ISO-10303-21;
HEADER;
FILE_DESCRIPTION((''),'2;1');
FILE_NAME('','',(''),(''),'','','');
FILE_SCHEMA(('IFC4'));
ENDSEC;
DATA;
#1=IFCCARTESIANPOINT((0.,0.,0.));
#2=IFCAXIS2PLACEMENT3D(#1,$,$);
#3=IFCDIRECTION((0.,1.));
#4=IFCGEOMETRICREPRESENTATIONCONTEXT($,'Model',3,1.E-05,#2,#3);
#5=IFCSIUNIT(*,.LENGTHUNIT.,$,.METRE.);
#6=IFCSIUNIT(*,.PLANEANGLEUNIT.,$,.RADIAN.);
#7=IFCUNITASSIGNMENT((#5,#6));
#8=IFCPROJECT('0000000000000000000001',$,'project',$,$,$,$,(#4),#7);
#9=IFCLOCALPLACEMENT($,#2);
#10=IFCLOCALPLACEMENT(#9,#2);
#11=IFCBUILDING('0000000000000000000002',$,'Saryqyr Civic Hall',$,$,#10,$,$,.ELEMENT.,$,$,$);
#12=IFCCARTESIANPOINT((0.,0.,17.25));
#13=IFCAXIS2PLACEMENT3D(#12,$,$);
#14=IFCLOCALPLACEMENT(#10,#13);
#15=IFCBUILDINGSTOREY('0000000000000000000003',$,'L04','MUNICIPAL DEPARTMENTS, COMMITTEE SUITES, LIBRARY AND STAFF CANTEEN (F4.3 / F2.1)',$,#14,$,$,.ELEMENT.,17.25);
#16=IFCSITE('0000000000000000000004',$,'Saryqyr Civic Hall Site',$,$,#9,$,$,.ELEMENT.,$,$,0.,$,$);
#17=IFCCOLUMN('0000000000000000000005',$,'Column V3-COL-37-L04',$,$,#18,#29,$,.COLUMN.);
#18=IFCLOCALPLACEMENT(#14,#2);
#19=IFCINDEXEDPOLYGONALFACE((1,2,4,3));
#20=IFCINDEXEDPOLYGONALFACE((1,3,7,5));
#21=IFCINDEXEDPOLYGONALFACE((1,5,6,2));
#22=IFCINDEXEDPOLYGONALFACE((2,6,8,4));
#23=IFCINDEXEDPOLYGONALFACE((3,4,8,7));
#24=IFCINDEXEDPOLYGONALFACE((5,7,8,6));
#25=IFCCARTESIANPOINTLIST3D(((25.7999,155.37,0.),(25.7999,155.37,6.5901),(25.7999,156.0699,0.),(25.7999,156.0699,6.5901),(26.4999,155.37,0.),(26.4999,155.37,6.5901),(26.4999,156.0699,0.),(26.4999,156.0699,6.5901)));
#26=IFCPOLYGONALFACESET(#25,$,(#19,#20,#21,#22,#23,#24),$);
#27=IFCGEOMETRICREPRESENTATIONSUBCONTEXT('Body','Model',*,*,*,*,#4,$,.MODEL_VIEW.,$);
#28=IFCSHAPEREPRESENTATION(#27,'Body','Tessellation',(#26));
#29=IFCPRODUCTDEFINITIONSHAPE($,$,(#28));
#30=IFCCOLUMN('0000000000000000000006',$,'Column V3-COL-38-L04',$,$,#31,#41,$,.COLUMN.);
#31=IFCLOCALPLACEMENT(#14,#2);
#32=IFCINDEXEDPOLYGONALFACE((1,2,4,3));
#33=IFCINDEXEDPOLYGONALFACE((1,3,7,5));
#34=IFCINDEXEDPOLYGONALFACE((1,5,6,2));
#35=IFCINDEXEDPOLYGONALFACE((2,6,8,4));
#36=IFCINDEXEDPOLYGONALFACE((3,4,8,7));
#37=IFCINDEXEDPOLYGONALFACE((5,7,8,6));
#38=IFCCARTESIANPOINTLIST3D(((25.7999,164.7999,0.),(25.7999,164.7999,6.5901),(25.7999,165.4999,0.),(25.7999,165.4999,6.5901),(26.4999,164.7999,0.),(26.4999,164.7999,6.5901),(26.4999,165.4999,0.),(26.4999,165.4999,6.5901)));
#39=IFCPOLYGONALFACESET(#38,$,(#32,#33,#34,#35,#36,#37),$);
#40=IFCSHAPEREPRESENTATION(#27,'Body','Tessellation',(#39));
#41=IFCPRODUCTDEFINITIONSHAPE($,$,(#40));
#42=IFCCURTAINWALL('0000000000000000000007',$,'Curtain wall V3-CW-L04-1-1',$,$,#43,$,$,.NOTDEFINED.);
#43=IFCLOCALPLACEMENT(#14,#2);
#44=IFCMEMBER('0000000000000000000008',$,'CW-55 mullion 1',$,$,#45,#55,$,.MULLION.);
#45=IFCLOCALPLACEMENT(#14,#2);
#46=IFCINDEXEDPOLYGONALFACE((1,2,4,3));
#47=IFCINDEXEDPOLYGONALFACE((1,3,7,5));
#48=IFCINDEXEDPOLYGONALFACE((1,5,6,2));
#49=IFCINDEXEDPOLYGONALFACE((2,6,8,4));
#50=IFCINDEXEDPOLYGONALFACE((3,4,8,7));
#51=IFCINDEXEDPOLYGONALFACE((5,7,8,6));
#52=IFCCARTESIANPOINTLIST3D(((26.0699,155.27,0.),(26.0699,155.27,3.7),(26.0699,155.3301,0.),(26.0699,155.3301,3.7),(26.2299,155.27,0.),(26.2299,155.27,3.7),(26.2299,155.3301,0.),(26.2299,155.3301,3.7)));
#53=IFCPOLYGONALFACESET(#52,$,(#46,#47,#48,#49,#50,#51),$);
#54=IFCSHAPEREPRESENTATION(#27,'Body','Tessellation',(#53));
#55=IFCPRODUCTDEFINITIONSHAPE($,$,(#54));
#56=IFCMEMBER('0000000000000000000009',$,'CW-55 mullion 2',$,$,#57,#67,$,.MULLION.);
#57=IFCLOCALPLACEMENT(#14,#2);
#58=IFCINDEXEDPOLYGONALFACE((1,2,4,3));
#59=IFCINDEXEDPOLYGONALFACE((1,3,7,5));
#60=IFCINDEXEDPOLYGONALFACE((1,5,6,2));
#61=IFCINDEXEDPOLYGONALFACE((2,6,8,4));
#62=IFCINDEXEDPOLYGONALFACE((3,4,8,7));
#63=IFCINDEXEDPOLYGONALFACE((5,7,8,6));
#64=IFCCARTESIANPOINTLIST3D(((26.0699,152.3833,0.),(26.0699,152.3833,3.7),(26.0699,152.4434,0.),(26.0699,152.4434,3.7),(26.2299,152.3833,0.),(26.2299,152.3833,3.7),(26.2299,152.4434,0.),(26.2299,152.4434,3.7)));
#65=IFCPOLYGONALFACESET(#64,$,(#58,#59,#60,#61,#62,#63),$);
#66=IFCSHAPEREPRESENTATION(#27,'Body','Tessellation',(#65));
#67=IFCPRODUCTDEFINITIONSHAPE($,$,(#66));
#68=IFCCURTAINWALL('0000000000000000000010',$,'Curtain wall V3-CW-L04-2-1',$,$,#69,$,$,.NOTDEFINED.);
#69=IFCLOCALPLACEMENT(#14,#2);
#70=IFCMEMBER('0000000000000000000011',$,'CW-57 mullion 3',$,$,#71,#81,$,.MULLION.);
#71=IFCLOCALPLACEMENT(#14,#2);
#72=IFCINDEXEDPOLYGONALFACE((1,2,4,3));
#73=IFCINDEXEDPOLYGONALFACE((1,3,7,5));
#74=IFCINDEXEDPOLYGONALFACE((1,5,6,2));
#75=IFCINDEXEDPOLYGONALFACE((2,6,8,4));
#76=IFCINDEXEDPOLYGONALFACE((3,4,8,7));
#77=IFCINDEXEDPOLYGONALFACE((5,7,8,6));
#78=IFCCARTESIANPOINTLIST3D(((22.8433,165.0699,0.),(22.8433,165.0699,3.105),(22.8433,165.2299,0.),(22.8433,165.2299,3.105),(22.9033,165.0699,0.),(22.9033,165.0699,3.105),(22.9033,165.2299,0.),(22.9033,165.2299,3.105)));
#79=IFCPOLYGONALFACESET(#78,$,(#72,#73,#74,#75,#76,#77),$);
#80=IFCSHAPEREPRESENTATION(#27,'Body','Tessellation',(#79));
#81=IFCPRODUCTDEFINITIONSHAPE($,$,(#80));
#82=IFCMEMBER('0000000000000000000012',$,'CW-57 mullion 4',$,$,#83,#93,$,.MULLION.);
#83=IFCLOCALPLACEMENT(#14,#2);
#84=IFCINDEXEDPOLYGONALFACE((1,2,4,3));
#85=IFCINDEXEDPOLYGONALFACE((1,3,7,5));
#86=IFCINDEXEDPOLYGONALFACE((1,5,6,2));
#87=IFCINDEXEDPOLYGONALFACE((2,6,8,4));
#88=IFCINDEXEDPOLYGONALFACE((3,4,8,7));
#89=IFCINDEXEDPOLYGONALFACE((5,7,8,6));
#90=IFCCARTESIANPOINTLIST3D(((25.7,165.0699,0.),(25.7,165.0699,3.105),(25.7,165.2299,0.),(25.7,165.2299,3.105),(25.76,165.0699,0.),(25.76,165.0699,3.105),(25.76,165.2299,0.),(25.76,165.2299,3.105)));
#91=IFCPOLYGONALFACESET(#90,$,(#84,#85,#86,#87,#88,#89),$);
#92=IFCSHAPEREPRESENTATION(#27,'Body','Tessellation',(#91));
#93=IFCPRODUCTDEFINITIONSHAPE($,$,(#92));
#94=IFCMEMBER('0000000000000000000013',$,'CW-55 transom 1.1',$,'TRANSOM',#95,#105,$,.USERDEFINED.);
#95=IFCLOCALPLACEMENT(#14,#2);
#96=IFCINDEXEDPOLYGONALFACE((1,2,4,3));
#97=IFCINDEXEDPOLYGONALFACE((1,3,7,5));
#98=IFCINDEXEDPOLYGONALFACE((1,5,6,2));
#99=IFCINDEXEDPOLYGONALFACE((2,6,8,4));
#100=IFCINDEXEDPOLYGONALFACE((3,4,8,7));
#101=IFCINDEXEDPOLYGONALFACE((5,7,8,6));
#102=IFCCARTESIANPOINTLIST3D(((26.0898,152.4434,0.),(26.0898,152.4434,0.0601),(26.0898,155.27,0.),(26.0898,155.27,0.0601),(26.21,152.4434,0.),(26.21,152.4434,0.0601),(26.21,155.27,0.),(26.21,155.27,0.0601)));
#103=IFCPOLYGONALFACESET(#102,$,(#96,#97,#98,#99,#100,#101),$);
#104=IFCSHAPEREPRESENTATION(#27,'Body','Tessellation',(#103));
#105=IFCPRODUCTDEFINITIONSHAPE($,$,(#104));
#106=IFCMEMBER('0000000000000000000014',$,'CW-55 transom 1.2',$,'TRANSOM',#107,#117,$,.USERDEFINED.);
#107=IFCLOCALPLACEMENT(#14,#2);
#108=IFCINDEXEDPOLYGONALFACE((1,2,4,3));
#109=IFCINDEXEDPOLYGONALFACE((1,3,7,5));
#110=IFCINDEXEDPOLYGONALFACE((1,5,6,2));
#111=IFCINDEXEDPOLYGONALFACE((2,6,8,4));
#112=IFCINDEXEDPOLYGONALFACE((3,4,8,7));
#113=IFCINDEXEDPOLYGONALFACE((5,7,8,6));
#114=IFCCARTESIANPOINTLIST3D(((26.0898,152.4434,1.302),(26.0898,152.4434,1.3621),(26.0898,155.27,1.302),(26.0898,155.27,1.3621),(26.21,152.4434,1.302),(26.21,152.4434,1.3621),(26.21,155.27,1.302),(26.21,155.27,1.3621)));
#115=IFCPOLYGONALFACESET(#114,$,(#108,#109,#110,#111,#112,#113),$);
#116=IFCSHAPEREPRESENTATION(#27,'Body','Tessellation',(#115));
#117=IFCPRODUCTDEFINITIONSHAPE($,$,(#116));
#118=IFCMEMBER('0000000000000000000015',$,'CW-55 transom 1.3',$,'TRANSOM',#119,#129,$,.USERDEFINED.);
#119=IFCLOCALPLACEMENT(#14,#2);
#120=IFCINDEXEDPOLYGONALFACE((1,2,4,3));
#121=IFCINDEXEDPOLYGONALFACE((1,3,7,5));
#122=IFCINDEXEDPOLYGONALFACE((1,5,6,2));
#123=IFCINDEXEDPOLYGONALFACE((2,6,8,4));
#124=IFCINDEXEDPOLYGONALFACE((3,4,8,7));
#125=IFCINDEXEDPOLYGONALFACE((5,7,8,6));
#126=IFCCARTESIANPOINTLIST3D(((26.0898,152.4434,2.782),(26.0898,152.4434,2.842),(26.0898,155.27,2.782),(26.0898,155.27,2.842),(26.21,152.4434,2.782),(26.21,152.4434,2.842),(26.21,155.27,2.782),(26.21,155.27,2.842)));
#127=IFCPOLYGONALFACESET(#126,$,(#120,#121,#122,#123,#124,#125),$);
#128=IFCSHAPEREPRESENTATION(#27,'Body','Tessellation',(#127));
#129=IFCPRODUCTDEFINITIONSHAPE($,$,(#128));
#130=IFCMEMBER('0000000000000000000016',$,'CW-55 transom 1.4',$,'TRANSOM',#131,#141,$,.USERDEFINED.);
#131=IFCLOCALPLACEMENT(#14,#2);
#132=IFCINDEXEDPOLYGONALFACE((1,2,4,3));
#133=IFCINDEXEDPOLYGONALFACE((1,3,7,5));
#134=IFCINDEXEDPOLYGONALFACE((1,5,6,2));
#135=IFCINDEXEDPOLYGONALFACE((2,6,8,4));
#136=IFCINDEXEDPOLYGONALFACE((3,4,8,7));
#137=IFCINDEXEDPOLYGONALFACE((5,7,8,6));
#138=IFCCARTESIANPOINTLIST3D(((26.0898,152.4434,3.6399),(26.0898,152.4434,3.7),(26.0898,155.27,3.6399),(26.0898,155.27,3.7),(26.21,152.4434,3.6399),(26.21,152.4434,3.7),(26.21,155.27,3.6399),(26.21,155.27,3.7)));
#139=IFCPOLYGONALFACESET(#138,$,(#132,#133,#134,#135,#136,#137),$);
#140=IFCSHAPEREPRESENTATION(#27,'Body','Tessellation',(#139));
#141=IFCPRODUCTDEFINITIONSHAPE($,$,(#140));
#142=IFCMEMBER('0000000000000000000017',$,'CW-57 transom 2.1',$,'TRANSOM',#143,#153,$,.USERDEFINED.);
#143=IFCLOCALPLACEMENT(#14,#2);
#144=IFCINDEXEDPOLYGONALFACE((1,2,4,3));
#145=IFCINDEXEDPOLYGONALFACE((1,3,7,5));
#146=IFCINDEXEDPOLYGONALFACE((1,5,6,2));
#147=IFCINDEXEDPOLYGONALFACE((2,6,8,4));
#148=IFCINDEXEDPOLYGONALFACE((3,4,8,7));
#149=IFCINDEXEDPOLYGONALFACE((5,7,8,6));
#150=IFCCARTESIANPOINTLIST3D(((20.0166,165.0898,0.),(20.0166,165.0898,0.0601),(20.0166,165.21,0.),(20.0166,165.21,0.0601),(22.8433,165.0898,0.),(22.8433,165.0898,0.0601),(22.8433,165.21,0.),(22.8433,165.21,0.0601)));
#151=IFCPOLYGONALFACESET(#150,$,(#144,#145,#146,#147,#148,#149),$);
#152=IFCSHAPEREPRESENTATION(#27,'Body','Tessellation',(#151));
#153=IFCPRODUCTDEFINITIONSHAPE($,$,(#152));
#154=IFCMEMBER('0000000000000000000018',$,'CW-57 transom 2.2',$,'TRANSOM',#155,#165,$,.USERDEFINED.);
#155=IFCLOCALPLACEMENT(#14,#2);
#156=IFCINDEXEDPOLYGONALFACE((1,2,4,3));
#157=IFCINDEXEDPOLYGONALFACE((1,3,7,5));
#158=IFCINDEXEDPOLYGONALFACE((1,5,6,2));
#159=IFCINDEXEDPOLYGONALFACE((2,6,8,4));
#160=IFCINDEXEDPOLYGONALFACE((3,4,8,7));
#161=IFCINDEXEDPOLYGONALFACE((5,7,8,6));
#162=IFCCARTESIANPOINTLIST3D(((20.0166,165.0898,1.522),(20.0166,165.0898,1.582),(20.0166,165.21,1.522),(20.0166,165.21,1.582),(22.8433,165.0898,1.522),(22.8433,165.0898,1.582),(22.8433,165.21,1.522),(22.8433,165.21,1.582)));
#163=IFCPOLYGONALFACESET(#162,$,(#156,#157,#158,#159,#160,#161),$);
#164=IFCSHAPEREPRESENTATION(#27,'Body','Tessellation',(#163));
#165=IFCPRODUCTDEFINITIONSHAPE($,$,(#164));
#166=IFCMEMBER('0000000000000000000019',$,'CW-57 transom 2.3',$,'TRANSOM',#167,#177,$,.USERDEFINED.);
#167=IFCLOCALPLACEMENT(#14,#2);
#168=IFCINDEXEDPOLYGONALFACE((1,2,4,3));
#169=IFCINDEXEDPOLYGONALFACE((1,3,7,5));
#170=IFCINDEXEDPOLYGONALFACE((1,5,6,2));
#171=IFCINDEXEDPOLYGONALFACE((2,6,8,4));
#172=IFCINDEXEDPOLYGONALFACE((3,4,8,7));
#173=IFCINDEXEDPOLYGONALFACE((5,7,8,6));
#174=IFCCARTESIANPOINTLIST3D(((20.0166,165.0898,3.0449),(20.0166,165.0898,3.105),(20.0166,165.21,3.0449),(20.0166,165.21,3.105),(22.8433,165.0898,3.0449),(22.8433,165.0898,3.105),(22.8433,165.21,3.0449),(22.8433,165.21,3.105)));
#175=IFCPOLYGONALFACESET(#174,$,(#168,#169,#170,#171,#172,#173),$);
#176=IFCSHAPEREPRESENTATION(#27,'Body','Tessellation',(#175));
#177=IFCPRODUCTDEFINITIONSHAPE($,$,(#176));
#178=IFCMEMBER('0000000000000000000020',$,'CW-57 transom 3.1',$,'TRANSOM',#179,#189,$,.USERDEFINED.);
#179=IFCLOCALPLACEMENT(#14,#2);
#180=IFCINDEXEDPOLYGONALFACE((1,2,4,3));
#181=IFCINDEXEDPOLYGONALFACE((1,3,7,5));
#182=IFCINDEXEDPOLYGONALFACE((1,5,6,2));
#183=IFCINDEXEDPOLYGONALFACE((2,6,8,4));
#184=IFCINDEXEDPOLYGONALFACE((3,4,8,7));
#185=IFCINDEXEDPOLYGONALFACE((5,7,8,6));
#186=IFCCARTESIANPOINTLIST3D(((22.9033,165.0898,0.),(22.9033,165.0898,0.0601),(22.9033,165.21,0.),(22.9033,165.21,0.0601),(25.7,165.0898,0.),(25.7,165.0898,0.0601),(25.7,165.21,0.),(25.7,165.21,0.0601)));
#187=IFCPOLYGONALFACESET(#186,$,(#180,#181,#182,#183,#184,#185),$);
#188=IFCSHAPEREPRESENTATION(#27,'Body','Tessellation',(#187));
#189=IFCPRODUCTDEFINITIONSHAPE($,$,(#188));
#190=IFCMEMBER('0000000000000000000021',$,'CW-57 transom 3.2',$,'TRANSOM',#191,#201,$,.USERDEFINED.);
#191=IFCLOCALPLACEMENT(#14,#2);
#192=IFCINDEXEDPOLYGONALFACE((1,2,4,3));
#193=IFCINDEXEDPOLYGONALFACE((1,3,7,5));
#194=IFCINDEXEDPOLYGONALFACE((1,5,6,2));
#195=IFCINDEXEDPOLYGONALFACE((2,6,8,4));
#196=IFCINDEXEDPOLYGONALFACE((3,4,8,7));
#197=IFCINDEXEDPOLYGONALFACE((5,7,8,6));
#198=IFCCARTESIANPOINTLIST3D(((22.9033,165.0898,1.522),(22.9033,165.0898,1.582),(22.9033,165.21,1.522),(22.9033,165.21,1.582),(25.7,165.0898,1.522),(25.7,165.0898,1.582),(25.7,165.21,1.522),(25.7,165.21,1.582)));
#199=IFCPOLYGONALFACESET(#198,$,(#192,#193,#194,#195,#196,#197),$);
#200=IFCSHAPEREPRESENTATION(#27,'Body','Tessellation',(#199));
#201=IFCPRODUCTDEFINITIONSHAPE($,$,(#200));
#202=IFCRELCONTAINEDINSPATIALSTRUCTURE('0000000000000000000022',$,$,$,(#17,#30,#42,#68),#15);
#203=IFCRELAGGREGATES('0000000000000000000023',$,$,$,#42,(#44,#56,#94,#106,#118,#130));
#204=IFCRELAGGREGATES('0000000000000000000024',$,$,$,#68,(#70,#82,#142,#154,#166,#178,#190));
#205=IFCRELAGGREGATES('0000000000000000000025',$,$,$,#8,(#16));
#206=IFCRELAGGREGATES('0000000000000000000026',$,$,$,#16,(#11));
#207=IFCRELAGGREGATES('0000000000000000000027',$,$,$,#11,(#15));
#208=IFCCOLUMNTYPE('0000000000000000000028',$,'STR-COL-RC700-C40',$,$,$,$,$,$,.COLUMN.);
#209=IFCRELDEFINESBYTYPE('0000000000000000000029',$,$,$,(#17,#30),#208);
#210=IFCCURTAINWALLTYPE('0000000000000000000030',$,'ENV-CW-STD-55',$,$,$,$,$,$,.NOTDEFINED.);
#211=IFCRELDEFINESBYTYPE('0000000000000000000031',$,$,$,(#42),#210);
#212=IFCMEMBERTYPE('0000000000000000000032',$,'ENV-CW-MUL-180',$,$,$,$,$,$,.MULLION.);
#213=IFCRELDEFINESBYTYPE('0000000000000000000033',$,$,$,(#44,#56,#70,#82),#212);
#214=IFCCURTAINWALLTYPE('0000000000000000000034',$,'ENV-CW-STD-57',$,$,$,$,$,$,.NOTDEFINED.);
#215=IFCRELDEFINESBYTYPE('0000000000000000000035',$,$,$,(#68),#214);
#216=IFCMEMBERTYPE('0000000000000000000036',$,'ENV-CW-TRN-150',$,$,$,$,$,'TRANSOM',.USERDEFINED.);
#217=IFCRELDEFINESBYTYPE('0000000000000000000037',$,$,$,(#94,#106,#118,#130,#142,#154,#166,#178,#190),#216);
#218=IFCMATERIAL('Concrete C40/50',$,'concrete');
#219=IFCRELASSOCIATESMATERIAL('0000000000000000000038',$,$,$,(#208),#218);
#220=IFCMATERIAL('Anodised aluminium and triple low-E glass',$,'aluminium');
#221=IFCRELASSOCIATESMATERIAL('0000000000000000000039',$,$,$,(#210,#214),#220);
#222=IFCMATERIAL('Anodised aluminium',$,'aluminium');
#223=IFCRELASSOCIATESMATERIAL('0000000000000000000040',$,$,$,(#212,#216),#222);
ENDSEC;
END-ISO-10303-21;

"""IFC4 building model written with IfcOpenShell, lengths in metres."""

from ifc_helpers import new_model, si_unit, direction, frame, origin, origin_2d, place, context, subcontext, project, spatial, rectangle, extrude, material, material_profile, profile_set, type_object, element, aggregate, save


model = new_model("IFC4")

# Units and contexts
model_context = context("Model", 3, precision=1e-05, world=origin(), true_north=direction((0.0, 1.0)))
body_context = subcontext(model_context, "Body", "Model", "MODEL_VIEW")
ifc_project = project(units=[si_unit("LENGTHUNIT", "METRE"), si_unit("PLANEANGLEUNIT", "RADIAN")], contexts=[model_context])

# Site, building, storey
site_placement = place(None, origin())
site = spatial("IfcSite", under=ifc_project, at=site_placement, Name="Saryqyr Civic Hall Site", CompositionType="ELEMENT", RefElevation=0.0)
building_placement = place(site_placement, origin())
building = spatial("IfcBuilding", under=site, at=building_placement, Name="Saryqyr Civic Hall", CompositionType="ELEMENT")
storey_placement = place(building_placement, frame((0.0, 0.0, 17.25)))
storey = spatial("IfcBuildingStorey", under=building, at=storey_placement, Name="L04", Description="MUNICIPAL DEPARTMENTS, COMMITTEE SUITES, LIBRARY AND STAFF CANTEEN (F4.3 / F2.1)", CompositionType="ELEMENT", Elevation=17.25)

# Columns
ifc_material_1 = material(Name="Concrete C40/50", Category="concrete")
ifc_material_profile_1 = material_profile(ifc_material_1, rectangle(XDim=0.7, YDim=0.7, at=origin_2d()), Name="RC 700x700")
ifc_profile_set_1 = profile_set([ifc_material_profile_1], Name="Concrete C40/50")
column_type = type_object("IfcColumnType", Name="STR-COL-RC700-C40", PredefinedType="COLUMN", material=ifc_profile_set_1)
for number, where, z_axis, x_axis, name in (
    (1, (26.1499, 155.72, 0.0), (0.0, 0.0, 1.0), (1.0, 0.0, 0.0), "Column V3-COL-37-L04"),
    (2, (26.1499, 165.1499, 0.0), (0.0, 0.0, 1.0), (1.0, 0.0, 0.0), "Column V3-COL-38-L04"),
):
    element("IfcColumn", number, at=place(storey_placement, frame(where, z_axis=z_axis, x_axis=x_axis)), inside=storey, type_object=column_type, Name=name, PredefinedType="COLUMN", context=body_context, shape_type="SweptSolid", body=[
        extrude(rectangle(XDim=0.7, YDim=0.7, at=origin_2d()), origin(), (0.0, 0.0, 1.0), 6.5901),
    ])

# Curtain walls, members
ifc_material_2 = material(Name="Anodised aluminium and triple low-E glass", Category="aluminium")
curtain_wall_type_1 = type_object("IfcCurtainWallType", Name="ENV-CW-STD-55", PredefinedType="NOTDEFINED", material=ifc_material_2)
curtain_wall_1_placement = place(storey_placement, origin())
curtain_wall_1 = element("IfcCurtainWall", 3, at=curtain_wall_1_placement, inside=storey, type_object=curtain_wall_type_1, Name="Curtain wall V3-CW-L04-1-1", PredefinedType="NOTDEFINED")
ifc_material_3 = material(Name="Anodised aluminium", Category="aluminium")
ifc_material_profile_2 = material_profile(ifc_material_3, rectangle(XDim=0.0601, YDim=0.1599, at=origin_2d()), Name="ALU MULLION 60x160")
ifc_profile_set_2 = profile_set([ifc_material_profile_2], Name="Anodised aluminium")
member_type_1 = type_object("IfcMemberType", Name="ENV-CW-MUL-180", PredefinedType="MULLION", material=ifc_profile_set_2)
member_1_placement = place(storey_placement, frame((26.1499, 155.3, 0.0), z_axis=(0.0, 0.0, 1.0), x_axis=(0.0, -1.0, 0.0)))
member_1 = element("IfcMember", 4, at=member_1_placement, type_object=member_type_1, Name="CW-55 mullion 1", PredefinedType="MULLION", context=body_context, shape_type="SweptSolid", body=[
    extrude(rectangle(XDim=0.0601, YDim=0.1599, at=origin_2d()), origin(), (0.0, 0.0, 1.0), 3.7),
])
member_2_placement = place(storey_placement, frame((26.1499, 152.4133, 0.0), z_axis=(0.0, 0.0, 1.0), x_axis=(0.0, -1.0, 0.0)))
member_2 = element("IfcMember", 5, at=member_2_placement, type_object=member_type_1, Name="CW-55 mullion 2", PredefinedType="MULLION", context=body_context, shape_type="SweptSolid", body=[
    extrude(rectangle(XDim=0.0601, YDim=0.1599, at=origin_2d()), origin(), (0.0, 0.0, 1.0), 3.7),
])
curtain_wall_type_2 = type_object("IfcCurtainWallType", Name="ENV-CW-STD-57", PredefinedType="NOTDEFINED", material=ifc_material_2)
curtain_wall_2_placement = place(storey_placement, origin())
curtain_wall_2 = element("IfcCurtainWall", 6, at=curtain_wall_2_placement, inside=storey, type_object=curtain_wall_type_2, Name="Curtain wall V3-CW-L04-2-1", PredefinedType="NOTDEFINED")
member_3_placement = place(storey_placement, frame((22.8733, 165.1499, 0.0), z_axis=(0.0, 0.0, 1.0), x_axis=(1.0, 0.0, 0.0)))
member_3 = element("IfcMember", 7, at=member_3_placement, type_object=member_type_1, Name="CW-57 mullion 3", PredefinedType="MULLION", context=body_context, shape_type="SweptSolid", body=[
    extrude(rectangle(XDim=0.0601, YDim=0.1599, at=origin_2d()), origin(), (0.0, 0.0, 1.0), 3.105),
])
member_4_placement = place(storey_placement, frame((25.73, 165.1499, 0.0), z_axis=(0.0, 0.0, 1.0), x_axis=(1.0, 0.0, 0.0)))
member_4 = element("IfcMember", 8, at=member_4_placement, type_object=member_type_1, Name="CW-57 mullion 4", PredefinedType="MULLION", context=body_context, shape_type="SweptSolid", body=[
    extrude(rectangle(XDim=0.0601, YDim=0.1599, at=origin_2d()), origin(), (0.0, 0.0, 1.0), 3.105),
])

# Members
ifc_material_profile_3 = material_profile(ifc_material_3, rectangle(XDim=0.1201, YDim=0.0601, at=origin_2d()), Name="ALU TRANSOM 120x60")
ifc_profile_set_3 = profile_set([ifc_material_profile_3], Name="Anodised aluminium")
member_type_2 = type_object("IfcMemberType", Name="ENV-CW-TRN-150", ElementType="TRANSOM", PredefinedType="USERDEFINED", material=ifc_profile_set_3)
member_5_placement = place(storey_placement, frame((26.1499, 155.27, 0.03), z_axis=(0.0, -1.0, 0.0), x_axis=(1.0, 0.0, 0.0)))
member_5 = element("IfcMember", 9, at=member_5_placement, type_object=member_type_2, Name="CW-55 transom 1.1", ObjectType="TRANSOM", PredefinedType="USERDEFINED", context=body_context, shape_type="SweptSolid", body=[
    extrude(rectangle(XDim=0.1201, YDim=0.0601, at=origin_2d()), origin(), (0.0, 0.0, 1.0), 2.8267),
])
member_6_placement = place(storey_placement, frame((26.1499, 155.27, 1.332), z_axis=(0.0, -1.0, 0.0), x_axis=(1.0, 0.0, 0.0)))
member_6 = element("IfcMember", 10, at=member_6_placement, type_object=member_type_2, Name="CW-55 transom 1.2", ObjectType="TRANSOM", PredefinedType="USERDEFINED", context=body_context, shape_type="SweptSolid", body=[
    extrude(rectangle(XDim=0.1201, YDim=0.0601, at=origin_2d()), origin(), (0.0, 0.0, 1.0), 2.8267),
])
member_7_placement = place(storey_placement, frame((26.1499, 155.27, 2.812), z_axis=(0.0, -1.0, 0.0), x_axis=(1.0, 0.0, 0.0)))
member_7 = element("IfcMember", 11, at=member_7_placement, type_object=member_type_2, Name="CW-55 transom 1.3", ObjectType="TRANSOM", PredefinedType="USERDEFINED", context=body_context, shape_type="SweptSolid", body=[
    extrude(rectangle(XDim=0.1201, YDim=0.0601, at=origin_2d()), origin(), (0.0, 0.0, 1.0), 2.8267),
])
member_8_placement = place(storey_placement, frame((26.1499, 155.27, 3.6699), z_axis=(0.0, -1.0, 0.0), x_axis=(1.0, 0.0, 0.0)))
member_8 = element("IfcMember", 12, at=member_8_placement, type_object=member_type_2, Name="CW-55 transom 1.4", ObjectType="TRANSOM", PredefinedType="USERDEFINED", context=body_context, shape_type="SweptSolid", body=[
    extrude(rectangle(XDim=0.1201, YDim=0.0601, at=origin_2d()), origin(), (0.0, 0.0, 1.0), 2.8267),
])
member_9_placement = place(storey_placement, frame((20.0166, 165.1499, 0.03), z_axis=(1.0, 0.0, 0.0), x_axis=(0.0, 1.0, 0.0)))
member_9 = element("IfcMember", 13, at=member_9_placement, type_object=member_type_2, Name="CW-57 transom 2.1", ObjectType="TRANSOM", PredefinedType="USERDEFINED", context=body_context, shape_type="SweptSolid", body=[
    extrude(rectangle(XDim=0.1201, YDim=0.0601, at=origin_2d()), origin(), (0.0, 0.0, 1.0), 2.8267),
])
member_10_placement = place(storey_placement, frame((20.0166, 165.1499, 1.552), z_axis=(1.0, 0.0, 0.0), x_axis=(0.0, 1.0, 0.0)))
member_10 = element("IfcMember", 14, at=member_10_placement, type_object=member_type_2, Name="CW-57 transom 2.2", ObjectType="TRANSOM", PredefinedType="USERDEFINED", context=body_context, shape_type="SweptSolid", body=[
    extrude(rectangle(XDim=0.1201, YDim=0.0601, at=origin_2d()), origin(), (0.0, 0.0, 1.0), 2.8267),
])
member_11_placement = place(storey_placement, frame((20.0166, 165.1499, 3.075), z_axis=(1.0, 0.0, 0.0), x_axis=(0.0, 1.0, 0.0)))
member_11 = element("IfcMember", 15, at=member_11_placement, type_object=member_type_2, Name="CW-57 transom 2.3", ObjectType="TRANSOM", PredefinedType="USERDEFINED", context=body_context, shape_type="SweptSolid", body=[
    extrude(rectangle(XDim=0.1201, YDim=0.0601, at=origin_2d()), origin(), (0.0, 0.0, 1.0), 2.8267),
])
member_12_placement = place(storey_placement, frame((22.9033, 165.1499, 0.03), z_axis=(1.0, 0.0, 0.0), x_axis=(0.0, 1.0, 0.0)))
member_12 = element("IfcMember", 16, at=member_12_placement, type_object=member_type_2, Name="CW-57 transom 3.1", ObjectType="TRANSOM", PredefinedType="USERDEFINED", context=body_context, shape_type="SweptSolid", body=[
    extrude(rectangle(XDim=0.1201, YDim=0.0601, at=origin_2d()), origin(), (0.0, 0.0, 1.0), 2.7966),
])
member_13_placement = place(storey_placement, frame((22.9033, 165.1499, 1.552), z_axis=(1.0, 0.0, 0.0), x_axis=(0.0, 1.0, 0.0)))
member_13 = element("IfcMember", 17, at=member_13_placement, type_object=member_type_2, Name="CW-57 transom 3.2", ObjectType="TRANSOM", PredefinedType="USERDEFINED", context=body_context, shape_type="SweptSolid", body=[
    extrude(rectangle(XDim=0.1201, YDim=0.0601, at=origin_2d()), origin(), (0.0, 0.0, 1.0), 2.7966),
])

aggregate(curtain_wall_1, [member_1, member_2, member_5, member_6, member_7, member_8])
aggregate(curtain_wall_2, [member_3, member_4, member_9, member_10, member_11, member_12, member_13])

save(model, "model.ifc")
